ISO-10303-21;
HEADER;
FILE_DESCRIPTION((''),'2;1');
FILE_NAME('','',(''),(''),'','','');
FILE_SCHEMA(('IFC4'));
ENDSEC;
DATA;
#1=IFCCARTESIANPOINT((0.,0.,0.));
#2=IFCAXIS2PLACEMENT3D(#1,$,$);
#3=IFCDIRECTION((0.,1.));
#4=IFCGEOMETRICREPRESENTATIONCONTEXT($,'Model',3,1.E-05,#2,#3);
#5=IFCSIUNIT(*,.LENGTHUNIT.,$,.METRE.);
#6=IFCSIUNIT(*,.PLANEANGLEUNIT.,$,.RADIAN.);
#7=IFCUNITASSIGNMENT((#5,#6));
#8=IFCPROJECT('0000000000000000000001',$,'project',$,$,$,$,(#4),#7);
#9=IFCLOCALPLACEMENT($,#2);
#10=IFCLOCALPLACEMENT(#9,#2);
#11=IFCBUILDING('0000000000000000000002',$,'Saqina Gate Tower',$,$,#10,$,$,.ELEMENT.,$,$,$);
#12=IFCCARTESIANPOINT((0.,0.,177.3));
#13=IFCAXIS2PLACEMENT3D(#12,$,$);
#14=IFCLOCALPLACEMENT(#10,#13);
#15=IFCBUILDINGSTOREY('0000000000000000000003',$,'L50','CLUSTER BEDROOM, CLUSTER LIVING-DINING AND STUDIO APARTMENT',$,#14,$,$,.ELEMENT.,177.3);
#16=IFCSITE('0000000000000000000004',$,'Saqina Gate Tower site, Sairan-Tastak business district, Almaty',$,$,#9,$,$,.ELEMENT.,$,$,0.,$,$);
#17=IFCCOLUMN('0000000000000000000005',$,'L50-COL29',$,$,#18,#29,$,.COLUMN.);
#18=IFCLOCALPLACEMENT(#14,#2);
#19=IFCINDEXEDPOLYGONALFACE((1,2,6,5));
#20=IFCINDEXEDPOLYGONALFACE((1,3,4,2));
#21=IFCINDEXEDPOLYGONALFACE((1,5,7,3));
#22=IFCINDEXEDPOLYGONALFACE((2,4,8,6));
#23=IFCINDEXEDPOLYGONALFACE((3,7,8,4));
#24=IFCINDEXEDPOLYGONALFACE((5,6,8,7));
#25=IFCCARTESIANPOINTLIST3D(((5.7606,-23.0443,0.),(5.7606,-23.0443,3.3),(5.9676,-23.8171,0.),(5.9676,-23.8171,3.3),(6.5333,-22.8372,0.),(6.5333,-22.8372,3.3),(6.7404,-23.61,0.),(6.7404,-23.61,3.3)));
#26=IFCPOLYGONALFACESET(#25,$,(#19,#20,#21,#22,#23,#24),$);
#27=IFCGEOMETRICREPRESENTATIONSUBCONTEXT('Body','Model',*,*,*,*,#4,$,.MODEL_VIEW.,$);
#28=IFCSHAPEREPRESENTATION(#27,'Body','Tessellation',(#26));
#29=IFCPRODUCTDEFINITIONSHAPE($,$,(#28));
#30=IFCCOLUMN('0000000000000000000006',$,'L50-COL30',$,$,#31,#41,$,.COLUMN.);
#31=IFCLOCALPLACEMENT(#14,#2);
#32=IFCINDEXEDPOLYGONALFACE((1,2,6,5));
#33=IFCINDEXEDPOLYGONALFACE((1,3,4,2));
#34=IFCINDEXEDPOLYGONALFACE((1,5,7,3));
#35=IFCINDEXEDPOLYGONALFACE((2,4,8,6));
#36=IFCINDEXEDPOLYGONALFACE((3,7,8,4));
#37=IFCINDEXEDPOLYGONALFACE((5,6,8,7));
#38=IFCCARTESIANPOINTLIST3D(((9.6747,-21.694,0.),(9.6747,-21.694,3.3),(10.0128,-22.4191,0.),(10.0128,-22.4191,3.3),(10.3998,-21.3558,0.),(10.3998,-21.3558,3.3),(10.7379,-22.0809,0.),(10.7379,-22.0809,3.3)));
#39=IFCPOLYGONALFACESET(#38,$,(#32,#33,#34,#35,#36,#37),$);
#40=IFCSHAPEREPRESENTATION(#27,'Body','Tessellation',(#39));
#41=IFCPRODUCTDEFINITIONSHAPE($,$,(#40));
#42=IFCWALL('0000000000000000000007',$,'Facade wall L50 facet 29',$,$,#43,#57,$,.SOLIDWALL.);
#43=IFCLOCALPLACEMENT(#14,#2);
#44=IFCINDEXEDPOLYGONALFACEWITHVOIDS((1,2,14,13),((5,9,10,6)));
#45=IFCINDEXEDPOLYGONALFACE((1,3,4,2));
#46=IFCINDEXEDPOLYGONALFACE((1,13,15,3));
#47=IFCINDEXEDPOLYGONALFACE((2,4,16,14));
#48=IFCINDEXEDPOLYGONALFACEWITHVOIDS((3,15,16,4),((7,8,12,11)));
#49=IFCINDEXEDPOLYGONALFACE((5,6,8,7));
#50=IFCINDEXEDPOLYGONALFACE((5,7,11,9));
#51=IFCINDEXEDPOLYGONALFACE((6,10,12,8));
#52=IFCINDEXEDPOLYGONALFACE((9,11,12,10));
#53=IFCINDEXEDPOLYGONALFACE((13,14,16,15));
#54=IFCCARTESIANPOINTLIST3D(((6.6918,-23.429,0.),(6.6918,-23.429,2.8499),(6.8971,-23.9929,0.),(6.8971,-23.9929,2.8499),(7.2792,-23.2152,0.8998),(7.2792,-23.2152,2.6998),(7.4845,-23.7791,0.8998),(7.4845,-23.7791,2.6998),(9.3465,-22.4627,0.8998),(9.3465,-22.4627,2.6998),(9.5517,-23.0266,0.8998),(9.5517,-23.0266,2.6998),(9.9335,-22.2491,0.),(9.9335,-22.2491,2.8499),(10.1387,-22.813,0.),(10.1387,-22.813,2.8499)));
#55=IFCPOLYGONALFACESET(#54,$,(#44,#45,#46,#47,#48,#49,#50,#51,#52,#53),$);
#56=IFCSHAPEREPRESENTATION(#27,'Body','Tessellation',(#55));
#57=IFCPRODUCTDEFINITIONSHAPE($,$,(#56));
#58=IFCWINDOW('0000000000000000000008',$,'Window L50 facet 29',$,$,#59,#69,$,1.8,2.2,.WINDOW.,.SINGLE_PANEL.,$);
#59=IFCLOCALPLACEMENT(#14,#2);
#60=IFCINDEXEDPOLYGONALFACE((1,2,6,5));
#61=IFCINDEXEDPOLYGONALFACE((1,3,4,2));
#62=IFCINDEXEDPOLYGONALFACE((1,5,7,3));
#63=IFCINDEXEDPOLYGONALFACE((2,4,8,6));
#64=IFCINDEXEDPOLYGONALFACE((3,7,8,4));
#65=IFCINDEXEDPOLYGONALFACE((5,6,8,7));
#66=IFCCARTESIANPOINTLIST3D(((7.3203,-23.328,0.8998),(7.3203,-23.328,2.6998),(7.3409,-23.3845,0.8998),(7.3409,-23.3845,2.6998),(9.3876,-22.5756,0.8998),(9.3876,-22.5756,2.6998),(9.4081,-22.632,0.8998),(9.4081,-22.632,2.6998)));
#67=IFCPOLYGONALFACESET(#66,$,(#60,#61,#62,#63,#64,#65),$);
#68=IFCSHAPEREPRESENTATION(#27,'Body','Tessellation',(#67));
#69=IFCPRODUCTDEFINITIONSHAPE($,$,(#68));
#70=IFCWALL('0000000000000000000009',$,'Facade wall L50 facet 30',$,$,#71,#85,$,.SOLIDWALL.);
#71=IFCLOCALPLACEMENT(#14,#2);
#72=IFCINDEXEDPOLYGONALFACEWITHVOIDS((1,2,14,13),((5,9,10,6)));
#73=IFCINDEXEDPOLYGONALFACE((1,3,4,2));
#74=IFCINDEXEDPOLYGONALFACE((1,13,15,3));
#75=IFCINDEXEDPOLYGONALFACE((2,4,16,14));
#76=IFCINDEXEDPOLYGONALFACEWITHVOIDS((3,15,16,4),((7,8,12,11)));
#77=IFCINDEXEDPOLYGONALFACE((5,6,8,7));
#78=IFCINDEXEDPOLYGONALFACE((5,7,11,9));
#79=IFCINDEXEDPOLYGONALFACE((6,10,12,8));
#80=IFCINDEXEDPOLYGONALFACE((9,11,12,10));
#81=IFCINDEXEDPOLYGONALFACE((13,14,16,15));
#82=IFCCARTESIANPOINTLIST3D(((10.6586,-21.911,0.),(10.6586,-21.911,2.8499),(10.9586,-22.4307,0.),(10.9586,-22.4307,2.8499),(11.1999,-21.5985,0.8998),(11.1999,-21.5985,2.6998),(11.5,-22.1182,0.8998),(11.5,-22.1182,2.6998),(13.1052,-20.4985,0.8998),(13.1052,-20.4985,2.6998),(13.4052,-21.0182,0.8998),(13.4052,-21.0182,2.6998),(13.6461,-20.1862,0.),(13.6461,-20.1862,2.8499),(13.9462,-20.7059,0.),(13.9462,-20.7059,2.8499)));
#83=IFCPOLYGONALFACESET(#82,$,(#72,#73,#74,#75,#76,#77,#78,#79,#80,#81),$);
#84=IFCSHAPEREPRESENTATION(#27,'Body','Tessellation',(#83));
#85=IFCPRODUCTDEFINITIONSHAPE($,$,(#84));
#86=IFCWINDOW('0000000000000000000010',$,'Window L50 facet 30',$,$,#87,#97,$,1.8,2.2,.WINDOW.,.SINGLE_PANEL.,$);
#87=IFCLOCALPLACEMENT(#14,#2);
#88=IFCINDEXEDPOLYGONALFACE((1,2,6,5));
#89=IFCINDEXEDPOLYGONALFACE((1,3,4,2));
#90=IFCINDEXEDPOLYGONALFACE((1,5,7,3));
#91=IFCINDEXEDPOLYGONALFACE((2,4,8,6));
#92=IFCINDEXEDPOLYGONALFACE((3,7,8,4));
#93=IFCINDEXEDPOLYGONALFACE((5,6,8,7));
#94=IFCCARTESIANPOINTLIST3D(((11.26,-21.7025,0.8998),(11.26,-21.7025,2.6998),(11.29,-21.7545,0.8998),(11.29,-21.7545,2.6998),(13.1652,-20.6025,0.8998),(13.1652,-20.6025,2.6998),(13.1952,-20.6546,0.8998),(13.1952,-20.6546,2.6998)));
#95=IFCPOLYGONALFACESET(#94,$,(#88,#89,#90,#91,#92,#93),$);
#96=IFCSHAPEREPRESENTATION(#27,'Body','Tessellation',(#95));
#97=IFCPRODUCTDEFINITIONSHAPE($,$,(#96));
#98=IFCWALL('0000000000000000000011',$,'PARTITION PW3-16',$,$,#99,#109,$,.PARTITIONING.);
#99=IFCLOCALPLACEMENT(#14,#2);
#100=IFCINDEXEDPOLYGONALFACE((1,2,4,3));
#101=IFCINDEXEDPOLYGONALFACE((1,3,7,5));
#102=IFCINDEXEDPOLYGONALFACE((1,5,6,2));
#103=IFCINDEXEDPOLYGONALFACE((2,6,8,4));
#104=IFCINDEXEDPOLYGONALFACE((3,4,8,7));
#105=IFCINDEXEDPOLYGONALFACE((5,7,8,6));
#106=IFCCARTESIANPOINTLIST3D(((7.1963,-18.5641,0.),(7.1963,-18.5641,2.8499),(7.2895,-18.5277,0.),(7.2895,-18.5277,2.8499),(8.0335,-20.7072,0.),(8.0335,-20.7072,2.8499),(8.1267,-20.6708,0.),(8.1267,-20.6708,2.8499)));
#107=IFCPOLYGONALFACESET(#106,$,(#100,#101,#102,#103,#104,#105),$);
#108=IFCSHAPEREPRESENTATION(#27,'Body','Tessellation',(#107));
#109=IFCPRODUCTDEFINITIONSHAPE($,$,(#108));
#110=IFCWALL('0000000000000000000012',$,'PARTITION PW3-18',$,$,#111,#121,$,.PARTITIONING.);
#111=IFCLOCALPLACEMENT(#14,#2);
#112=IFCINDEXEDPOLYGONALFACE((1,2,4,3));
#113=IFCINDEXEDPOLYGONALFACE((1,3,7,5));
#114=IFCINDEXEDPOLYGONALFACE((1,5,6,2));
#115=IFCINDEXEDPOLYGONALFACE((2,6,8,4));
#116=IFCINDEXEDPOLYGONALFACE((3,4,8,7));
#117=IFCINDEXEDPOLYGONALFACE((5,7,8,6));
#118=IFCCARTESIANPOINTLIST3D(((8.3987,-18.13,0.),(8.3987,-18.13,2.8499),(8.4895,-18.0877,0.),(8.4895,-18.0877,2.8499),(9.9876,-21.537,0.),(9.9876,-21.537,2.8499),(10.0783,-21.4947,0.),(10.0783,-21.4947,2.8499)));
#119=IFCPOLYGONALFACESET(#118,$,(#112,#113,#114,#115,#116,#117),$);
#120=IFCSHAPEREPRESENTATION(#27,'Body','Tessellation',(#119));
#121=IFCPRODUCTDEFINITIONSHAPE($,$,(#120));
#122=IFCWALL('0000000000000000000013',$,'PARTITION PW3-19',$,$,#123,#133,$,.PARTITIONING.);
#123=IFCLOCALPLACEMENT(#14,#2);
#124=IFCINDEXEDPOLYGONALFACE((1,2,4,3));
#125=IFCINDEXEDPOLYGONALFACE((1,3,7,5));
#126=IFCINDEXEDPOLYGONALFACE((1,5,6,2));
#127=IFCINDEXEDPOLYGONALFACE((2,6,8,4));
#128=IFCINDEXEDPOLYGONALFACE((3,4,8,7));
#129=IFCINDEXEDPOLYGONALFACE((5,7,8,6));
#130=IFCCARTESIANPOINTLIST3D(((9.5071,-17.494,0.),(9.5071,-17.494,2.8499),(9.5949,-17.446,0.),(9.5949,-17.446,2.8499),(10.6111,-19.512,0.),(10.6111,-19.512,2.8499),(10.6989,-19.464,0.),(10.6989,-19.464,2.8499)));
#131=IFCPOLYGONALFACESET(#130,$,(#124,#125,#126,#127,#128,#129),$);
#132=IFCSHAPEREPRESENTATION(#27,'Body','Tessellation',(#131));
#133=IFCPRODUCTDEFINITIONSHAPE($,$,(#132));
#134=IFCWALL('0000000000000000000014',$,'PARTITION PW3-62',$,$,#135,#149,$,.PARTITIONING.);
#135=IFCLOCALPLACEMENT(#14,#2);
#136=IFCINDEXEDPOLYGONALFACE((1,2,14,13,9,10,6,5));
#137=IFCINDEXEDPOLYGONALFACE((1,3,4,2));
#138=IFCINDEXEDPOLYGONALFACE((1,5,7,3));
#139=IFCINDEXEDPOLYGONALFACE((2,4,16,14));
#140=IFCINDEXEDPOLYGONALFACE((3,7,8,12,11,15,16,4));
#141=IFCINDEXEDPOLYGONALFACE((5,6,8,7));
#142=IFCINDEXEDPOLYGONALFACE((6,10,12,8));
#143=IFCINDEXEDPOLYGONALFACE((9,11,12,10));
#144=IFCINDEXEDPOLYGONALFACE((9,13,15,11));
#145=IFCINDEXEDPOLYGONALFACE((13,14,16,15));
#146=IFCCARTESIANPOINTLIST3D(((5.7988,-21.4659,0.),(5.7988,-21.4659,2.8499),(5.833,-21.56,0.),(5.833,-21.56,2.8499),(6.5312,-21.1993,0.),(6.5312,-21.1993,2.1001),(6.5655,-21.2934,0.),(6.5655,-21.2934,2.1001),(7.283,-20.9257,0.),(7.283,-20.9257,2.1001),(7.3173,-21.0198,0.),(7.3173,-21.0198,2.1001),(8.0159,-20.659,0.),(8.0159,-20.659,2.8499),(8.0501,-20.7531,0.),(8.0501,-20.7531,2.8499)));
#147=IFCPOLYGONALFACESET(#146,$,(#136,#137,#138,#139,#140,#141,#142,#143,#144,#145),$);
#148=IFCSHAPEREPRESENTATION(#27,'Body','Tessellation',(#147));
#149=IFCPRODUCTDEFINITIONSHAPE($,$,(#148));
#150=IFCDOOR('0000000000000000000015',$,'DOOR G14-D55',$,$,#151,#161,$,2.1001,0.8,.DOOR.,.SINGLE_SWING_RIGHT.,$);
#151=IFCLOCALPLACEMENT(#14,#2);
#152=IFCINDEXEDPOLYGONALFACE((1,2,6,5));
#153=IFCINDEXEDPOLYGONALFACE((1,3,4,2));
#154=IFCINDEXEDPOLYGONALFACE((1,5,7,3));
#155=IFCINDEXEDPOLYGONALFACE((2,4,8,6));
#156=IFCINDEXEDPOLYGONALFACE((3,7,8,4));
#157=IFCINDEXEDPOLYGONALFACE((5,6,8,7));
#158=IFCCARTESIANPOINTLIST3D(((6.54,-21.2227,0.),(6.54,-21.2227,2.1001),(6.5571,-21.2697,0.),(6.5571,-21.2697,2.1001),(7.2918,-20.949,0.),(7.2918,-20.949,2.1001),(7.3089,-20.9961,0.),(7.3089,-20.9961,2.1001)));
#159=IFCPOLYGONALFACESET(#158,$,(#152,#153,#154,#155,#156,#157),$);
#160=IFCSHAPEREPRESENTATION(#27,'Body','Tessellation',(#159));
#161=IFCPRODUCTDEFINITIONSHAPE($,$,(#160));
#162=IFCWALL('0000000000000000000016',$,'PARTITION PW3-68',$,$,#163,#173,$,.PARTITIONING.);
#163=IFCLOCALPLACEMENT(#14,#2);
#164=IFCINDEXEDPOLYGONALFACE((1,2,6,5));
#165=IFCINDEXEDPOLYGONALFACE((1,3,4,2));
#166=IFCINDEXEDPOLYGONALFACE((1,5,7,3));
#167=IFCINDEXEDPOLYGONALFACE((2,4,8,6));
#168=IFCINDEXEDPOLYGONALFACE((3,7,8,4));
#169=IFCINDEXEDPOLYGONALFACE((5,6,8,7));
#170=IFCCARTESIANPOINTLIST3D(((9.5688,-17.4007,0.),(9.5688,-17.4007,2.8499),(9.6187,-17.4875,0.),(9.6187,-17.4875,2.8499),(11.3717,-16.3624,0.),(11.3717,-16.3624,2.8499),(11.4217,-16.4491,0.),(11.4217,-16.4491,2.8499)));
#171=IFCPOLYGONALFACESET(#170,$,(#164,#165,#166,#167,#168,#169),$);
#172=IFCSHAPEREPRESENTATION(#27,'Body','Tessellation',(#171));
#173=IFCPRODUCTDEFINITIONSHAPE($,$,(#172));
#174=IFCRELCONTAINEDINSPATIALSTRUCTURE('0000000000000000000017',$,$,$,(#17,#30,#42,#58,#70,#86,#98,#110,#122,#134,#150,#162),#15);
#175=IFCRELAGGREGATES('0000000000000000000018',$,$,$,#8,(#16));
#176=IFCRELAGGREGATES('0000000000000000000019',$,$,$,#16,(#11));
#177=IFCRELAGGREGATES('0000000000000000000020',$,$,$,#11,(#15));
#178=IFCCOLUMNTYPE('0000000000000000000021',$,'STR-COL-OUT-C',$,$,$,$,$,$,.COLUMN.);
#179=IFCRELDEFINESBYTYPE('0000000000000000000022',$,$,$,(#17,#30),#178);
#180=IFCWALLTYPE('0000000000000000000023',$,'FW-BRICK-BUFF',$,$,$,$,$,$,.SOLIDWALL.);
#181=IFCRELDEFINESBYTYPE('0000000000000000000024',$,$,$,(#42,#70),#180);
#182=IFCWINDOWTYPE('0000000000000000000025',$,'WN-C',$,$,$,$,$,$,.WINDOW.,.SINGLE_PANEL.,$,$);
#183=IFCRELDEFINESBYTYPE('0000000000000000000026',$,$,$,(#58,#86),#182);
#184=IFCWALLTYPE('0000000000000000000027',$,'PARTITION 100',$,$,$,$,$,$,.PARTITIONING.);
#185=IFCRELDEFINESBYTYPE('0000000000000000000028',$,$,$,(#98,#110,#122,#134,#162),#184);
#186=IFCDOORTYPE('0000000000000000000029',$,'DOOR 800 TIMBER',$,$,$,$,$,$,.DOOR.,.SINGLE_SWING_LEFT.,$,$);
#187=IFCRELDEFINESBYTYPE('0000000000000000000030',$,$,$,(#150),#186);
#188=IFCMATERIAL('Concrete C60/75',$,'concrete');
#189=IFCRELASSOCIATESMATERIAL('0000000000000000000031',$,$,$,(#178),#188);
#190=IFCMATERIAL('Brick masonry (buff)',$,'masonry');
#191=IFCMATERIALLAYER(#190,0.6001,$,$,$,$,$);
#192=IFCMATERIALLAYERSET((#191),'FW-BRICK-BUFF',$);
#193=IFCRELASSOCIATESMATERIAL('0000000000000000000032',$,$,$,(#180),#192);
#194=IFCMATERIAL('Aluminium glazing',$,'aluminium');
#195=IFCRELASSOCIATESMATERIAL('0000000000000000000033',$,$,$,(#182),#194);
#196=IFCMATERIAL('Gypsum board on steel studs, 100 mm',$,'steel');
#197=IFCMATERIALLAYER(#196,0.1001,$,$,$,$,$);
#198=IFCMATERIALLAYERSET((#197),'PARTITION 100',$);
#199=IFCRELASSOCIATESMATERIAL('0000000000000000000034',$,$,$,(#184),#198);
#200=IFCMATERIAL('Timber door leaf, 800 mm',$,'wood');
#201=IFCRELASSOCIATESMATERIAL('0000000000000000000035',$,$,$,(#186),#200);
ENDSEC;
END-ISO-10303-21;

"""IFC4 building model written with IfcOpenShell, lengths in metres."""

from ifc_helpers import new_model, si_unit, direction, frame, frame_2d, origin, origin_2d, place, context, subcontext, project, spatial, rectangle, extrude, material, layer, layer_set, material_profile, profile_set, type_object, element, fill, save


model = new_model("IFC4")

# Units and contexts
model_context = context("Model", 3, precision=1e-05, world=origin(), true_north=direction((0.0, 1.0)))
body_context = subcontext(model_context, "Body", "Model", "MODEL_VIEW")
ifc_project = project(units=[si_unit("LENGTHUNIT", "METRE"), si_unit("PLANEANGLEUNIT", "RADIAN")], contexts=[model_context])

# Site, building, storey
site_placement = place(None, origin())
site = spatial("IfcSite", under=ifc_project, at=site_placement, Name="Saqina Gate Tower site, Sairan-Tastak business district, Almaty", CompositionType="ELEMENT", RefElevation=0.0)
building_placement = place(site_placement, origin())
building = spatial("IfcBuilding", under=site, at=building_placement, Name="Saqina Gate Tower", CompositionType="ELEMENT")
storey_placement = place(building_placement, frame((0.0, 0.0, 177.3)))
storey = spatial("IfcBuildingStorey", under=building, at=storey_placement, Name="L50", Description="CLUSTER BEDROOM, CLUSTER LIVING-DINING AND STUDIO APARTMENT", CompositionType="ELEMENT", Elevation=177.3)

# Columns
ifc_material_1 = material(Name="Concrete C60/75", Category="concrete")
ifc_material_profile = material_profile(ifc_material_1, rectangle(XDim=0.8, YDim=0.8, at=origin_2d()), Name="RC 800x800")
ifc_profile_set = profile_set([ifc_material_profile], Name="Concrete C60/75")
column_type = type_object("IfcColumnType", Name="STR-COL-OUT-C", PredefinedType="COLUMN", material=ifc_profile_set)
for number, where, z_axis, x_axis, name in (
    (1, (6.2505, -23.3271, 0.0), (0.0, 0.0, 1.0), (0.258819, -0.965926, 0.0), "L50-COL29"),
    (2, (10.2063, -21.8875, 0.0), (0.0, 0.0, 1.0), (0.422618, -0.906308, 0.0), "L50-COL30"),
):
    element("IfcColumn", number, at=place(storey_placement, frame(where, z_axis=z_axis, x_axis=x_axis)), inside=storey, type_object=column_type, Name=name, PredefinedType="COLUMN", context=body_context, shape_type="SweptSolid", body=[
        extrude(rectangle(XDim=0.8, YDim=0.8, at=origin_2d()), origin(), (0.0, 0.0, 1.0), 3.3),
    ])

# Walls, openings, windows
ifc_material_2 = material(Name="Brick masonry (buff)", Category="masonry")
ifc_layer_1 = layer(ifc_material_2, 0.6001)
ifc_layer_set_1 = layer_set([ifc_layer_1], Name="FW-BRICK-BUFF")
wall_type_1 = type_object("IfcWallType", Name="FW-BRICK-BUFF", PredefinedType="SOLIDWALL", material=ifc_layer_set_1)
wall_1_placement = place(storey_placement, frame((6.7944, -23.7109, 0.0), z_axis=(0.0, 0.0, 1.0), x_axis=(0.939688, 0.342033, 0.0)))
wall_1 = element("IfcWall", 3, at=wall_1_placement, inside=storey, type_object=wall_type_1, Name="Facade wall L50 facet 29", PredefinedType="SOLIDWALL", context=body_context, shape_type="SweptSolid", body=[
    extrude(rectangle(XDim=3.4497, YDim=0.6001, at=frame_2d((1.7249, 0.0))), origin(), (0.0, 0.0, 1.0), 2.8499),
])
opening_1_placement = place(wall_1_placement, frame((0.625, 0.0, 0.8999)))
opening_1 = element("IfcOpeningElement", 4, at=opening_1_placement, cuts=wall_1, PredefinedType="OPENING", context=body_context, shape_type="SweptSolid", body=[
    extrude(rectangle(XDim=2.2, YDim=1.8, at=frame_2d((1.1001, 0.8999))), frame((0.0, 0.312, 0.0), z_axis=(0.0, -1.0, 0.0), x_axis=(1.0, 0.0, 0.0)), (0.0, 0.0, 1.0), 0.624),
])
ifc_material_3 = material(Name="Aluminium glazing", Category="aluminium")
window_type = type_object("IfcWindowType", Name="WN-C", PartitioningType="SINGLE_PANEL", PredefinedType="WINDOW", material=ifc_material_3)
window_1_placement = place(opening_1_placement, origin())
window_1 = element("IfcWindow", 5, at=window_1_placement, inside=storey, type_object=window_type, Name="Window L50 facet 29", OverallHeight=1.8, OverallWidth=2.2, PartitioningType="SINGLE_PANEL", PredefinedType="WINDOW", context=body_context, shape_type="SweptSolid", body=[
    extrude(rectangle(XDim=2.2, YDim=1.8, at=frame_2d((1.1001, 0.8999))), frame((0.0, 0.1799, 0.0), z_axis=(0.0, -1.0, 0.0), x_axis=(1.0, 0.0, 0.0)), (0.0, 0.0, 1.0), 0.0601),
])
fill(opening_1, window_1)
wall_2_placement = place(storey_placement, frame((10.8086, -22.1709, 0.0), z_axis=(0.0, 0.0, 1.0), x_axis=(0.866026, 0.499998, 0.0)))
wall_2 = element("IfcWall", 6, at=wall_2_placement, inside=storey, type_object=wall_type_1, Name="Facade wall L50 facet 30", PredefinedType="SOLIDWALL", context=body_context, shape_type="SweptSolid", body=[
    extrude(rectangle(XDim=3.4497, YDim=0.6001, at=frame_2d((1.7249, 0.0))), origin(), (0.0, 0.0, 1.0), 2.8499),
])
opening_2_placement = place(wall_2_placement, frame((0.625, 0.0, 0.8999)))
opening_2 = element("IfcOpeningElement", 7, at=opening_2_placement, cuts=wall_2, PredefinedType="OPENING", context=body_context, shape_type="SweptSolid", body=[
    extrude(rectangle(XDim=2.2, YDim=1.8, at=frame_2d((1.1001, 0.8999))), frame((0.0, 0.312, 0.0), z_axis=(0.0, -1.0, 0.0), x_axis=(1.0, 0.0, 0.0)), (0.0, 0.0, 1.0), 0.624),
])
window_2_placement = place(opening_2_placement, origin())
window_2 = element("IfcWindow", 8, at=window_2_placement, inside=storey, type_object=window_type, Name="Window L50 facet 30", OverallHeight=1.8, OverallWidth=2.2, PartitioningType="SINGLE_PANEL", PredefinedType="WINDOW", context=body_context, shape_type="SweptSolid", body=[
    extrude(rectangle(XDim=2.2, YDim=1.8, at=frame_2d((1.1001, 0.8999))), frame((0.0, 0.1799, 0.0), z_axis=(0.0, -1.0, 0.0), x_axis=(1.0, 0.0, 0.0)), (0.0, 0.0, 1.0), 0.0601),
])
fill(opening_2, window_2)

# Walls
ifc_material_4 = material(Name="Gypsum board on steel studs, 100 mm", Category="steel")
ifc_layer_2 = layer(ifc_material_4, 0.1001)
ifc_layer_set_2 = layer_set([ifc_layer_2], Name="PARTITION 100")
wall_type_2 = type_object("IfcWallType", Name="PARTITION 100", PredefinedType="PARTITIONING", material=ifc_layer_set_2)
wall_3_placement = place(storey_placement, frame((7.2429, -18.5459, 0.0), z_axis=(0.0, 0.0, 1.0), x_axis=(0.363859, -0.931454, 0.0)))
element("IfcWall", 9, at=wall_3_placement, inside=storey, type_object=wall_type_2, Name="PARTITION PW3-16", PredefinedType="PARTITIONING", context=body_context, shape_type="SweptSolid", body=[
    extrude(rectangle(XDim=2.3008, YDim=0.1001, at=frame_2d((1.1504, 0.0))), origin(), (0.0, 0.0, 1.0), 2.8499),
])
wall_4_placement = place(storey_placement, frame((8.4441, -18.1089, 0.0), z_axis=(0.0, 0.0, 1.0), x_axis=(0.422654, -0.906291, 0.0)))
element("IfcWall", 10, at=wall_4_placement, inside=storey, type_object=wall_type_2, Name="PARTITION PW3-18", PredefinedType="PARTITIONING", context=body_context, shape_type="SweptSolid", body=[
    extrude(rectangle(XDim=3.7593, YDim=0.1001, at=frame_2d((1.8796, 0.0))), origin(), (0.0, 0.0, 1.0), 2.8499),
])
wall_5_placement = place(storey_placement, frame((9.551, -17.47, 0.0), z_axis=(0.0, 0.0, 1.0), x_axis=(0.479937, -0.877303, 0.0)))
element("IfcWall", 11, at=wall_5_placement, inside=storey, type_object=wall_type_2, Name="PARTITION PW3-19", PredefinedType="PARTITIONING", context=body_context, shape_type="SweptSolid", body=[
    extrude(rectangle(XDim=2.3003, YDim=0.1001, at=frame_2d((1.1501, 0.0))), origin(), (0.0, 0.0, 1.0), 2.8499),
])

# Wall, opening, door
wall_6_placement = place(storey_placement, frame((5.8159, -21.5129, 0.0), z_axis=(0.0, 0.0, 1.0), x_axis=(0.9397, 0.342001, 0.0)))
wall_6 = element("IfcWall", 12, at=wall_6_placement, inside=storey, type_object=wall_type_2, Name="PARTITION PW3-62", PredefinedType="PARTITIONING", context=body_context, shape_type="SweptSolid", body=[
    extrude(rectangle(XDim=2.3594, YDim=0.1001, at=frame_2d((1.1797, 0.0))), origin(), (0.0, 0.0, 1.0), 2.8499),
])
opening_3_placement = place(wall_6_placement, frame((0.7795, 0.0, 0.0)))
opening_3 = element("IfcOpeningElement", 13, at=opening_3_placement, cuts=wall_6, PredefinedType="OPENING", context=body_context, shape_type="SweptSolid", body=[
    extrude(rectangle(XDim=0.8, YDim=2.1001, at=frame_2d((0.3999, 1.05))), frame((0.0, 0.062, 0.0), z_axis=(0.0, -1.0, 0.0), x_axis=(1.0, 0.0, 0.0)), (0.0, 0.0, 1.0), 0.124),
])
ifc_material_5 = material(Name="Timber door leaf, 800 mm", Category="wood")
door_type_1 = type_object("IfcDoorType", Name="DOOR 800 TIMBER", OperationType="SINGLE_SWING_LEFT", PredefinedType="DOOR", material=ifc_material_5)
door_1_placement = place(opening_3_placement, frame((0.8, 0.0, 0.0), z_axis=(0.0, 0.0, 1.0), x_axis=(-1.0, 0.0, 0.0)))
door_1 = element("IfcDoor", 14, at=door_1_placement, inside=storey, type_object=door_type_1, Name="DOOR G14-D55", OperationType="SINGLE_SWING_RIGHT", OverallHeight=2.1001, OverallWidth=0.8, PredefinedType="DOOR", context=body_context, shape_type="SweptSolid", body=[
    extrude(rectangle(XDim=0.8, YDim=2.1001, at=frame_2d((0.3999, 1.05))), frame((0.0, 0.0249, 0.0), z_axis=(0.0, -1.0, 0.0), x_axis=(1.0, 0.0, 0.0)), (0.0, 0.0, 1.0), 0.05),
])
fill(opening_3, door_1)

# Wall
wall_7_placement = place(storey_placement, frame((9.5938, -17.4441, 0.0), z_axis=(0.0, 0.0, 1.0), x_axis=(0.86657, 0.499055, 0.0)))
element("IfcWall", 15, at=wall_7_placement, inside=storey, type_object=wall_type_2, Name="PARTITION PW3-68", PredefinedType="PARTITIONING", context=body_context, shape_type="SweptSolid", body=[
    extrude(rectangle(XDim=2.0806, YDim=0.1001, at=frame_2d((1.0403, 0.0))), origin(), (0.0, 0.0, 1.0), 2.8499),
])

save(model, "model.ifc")
